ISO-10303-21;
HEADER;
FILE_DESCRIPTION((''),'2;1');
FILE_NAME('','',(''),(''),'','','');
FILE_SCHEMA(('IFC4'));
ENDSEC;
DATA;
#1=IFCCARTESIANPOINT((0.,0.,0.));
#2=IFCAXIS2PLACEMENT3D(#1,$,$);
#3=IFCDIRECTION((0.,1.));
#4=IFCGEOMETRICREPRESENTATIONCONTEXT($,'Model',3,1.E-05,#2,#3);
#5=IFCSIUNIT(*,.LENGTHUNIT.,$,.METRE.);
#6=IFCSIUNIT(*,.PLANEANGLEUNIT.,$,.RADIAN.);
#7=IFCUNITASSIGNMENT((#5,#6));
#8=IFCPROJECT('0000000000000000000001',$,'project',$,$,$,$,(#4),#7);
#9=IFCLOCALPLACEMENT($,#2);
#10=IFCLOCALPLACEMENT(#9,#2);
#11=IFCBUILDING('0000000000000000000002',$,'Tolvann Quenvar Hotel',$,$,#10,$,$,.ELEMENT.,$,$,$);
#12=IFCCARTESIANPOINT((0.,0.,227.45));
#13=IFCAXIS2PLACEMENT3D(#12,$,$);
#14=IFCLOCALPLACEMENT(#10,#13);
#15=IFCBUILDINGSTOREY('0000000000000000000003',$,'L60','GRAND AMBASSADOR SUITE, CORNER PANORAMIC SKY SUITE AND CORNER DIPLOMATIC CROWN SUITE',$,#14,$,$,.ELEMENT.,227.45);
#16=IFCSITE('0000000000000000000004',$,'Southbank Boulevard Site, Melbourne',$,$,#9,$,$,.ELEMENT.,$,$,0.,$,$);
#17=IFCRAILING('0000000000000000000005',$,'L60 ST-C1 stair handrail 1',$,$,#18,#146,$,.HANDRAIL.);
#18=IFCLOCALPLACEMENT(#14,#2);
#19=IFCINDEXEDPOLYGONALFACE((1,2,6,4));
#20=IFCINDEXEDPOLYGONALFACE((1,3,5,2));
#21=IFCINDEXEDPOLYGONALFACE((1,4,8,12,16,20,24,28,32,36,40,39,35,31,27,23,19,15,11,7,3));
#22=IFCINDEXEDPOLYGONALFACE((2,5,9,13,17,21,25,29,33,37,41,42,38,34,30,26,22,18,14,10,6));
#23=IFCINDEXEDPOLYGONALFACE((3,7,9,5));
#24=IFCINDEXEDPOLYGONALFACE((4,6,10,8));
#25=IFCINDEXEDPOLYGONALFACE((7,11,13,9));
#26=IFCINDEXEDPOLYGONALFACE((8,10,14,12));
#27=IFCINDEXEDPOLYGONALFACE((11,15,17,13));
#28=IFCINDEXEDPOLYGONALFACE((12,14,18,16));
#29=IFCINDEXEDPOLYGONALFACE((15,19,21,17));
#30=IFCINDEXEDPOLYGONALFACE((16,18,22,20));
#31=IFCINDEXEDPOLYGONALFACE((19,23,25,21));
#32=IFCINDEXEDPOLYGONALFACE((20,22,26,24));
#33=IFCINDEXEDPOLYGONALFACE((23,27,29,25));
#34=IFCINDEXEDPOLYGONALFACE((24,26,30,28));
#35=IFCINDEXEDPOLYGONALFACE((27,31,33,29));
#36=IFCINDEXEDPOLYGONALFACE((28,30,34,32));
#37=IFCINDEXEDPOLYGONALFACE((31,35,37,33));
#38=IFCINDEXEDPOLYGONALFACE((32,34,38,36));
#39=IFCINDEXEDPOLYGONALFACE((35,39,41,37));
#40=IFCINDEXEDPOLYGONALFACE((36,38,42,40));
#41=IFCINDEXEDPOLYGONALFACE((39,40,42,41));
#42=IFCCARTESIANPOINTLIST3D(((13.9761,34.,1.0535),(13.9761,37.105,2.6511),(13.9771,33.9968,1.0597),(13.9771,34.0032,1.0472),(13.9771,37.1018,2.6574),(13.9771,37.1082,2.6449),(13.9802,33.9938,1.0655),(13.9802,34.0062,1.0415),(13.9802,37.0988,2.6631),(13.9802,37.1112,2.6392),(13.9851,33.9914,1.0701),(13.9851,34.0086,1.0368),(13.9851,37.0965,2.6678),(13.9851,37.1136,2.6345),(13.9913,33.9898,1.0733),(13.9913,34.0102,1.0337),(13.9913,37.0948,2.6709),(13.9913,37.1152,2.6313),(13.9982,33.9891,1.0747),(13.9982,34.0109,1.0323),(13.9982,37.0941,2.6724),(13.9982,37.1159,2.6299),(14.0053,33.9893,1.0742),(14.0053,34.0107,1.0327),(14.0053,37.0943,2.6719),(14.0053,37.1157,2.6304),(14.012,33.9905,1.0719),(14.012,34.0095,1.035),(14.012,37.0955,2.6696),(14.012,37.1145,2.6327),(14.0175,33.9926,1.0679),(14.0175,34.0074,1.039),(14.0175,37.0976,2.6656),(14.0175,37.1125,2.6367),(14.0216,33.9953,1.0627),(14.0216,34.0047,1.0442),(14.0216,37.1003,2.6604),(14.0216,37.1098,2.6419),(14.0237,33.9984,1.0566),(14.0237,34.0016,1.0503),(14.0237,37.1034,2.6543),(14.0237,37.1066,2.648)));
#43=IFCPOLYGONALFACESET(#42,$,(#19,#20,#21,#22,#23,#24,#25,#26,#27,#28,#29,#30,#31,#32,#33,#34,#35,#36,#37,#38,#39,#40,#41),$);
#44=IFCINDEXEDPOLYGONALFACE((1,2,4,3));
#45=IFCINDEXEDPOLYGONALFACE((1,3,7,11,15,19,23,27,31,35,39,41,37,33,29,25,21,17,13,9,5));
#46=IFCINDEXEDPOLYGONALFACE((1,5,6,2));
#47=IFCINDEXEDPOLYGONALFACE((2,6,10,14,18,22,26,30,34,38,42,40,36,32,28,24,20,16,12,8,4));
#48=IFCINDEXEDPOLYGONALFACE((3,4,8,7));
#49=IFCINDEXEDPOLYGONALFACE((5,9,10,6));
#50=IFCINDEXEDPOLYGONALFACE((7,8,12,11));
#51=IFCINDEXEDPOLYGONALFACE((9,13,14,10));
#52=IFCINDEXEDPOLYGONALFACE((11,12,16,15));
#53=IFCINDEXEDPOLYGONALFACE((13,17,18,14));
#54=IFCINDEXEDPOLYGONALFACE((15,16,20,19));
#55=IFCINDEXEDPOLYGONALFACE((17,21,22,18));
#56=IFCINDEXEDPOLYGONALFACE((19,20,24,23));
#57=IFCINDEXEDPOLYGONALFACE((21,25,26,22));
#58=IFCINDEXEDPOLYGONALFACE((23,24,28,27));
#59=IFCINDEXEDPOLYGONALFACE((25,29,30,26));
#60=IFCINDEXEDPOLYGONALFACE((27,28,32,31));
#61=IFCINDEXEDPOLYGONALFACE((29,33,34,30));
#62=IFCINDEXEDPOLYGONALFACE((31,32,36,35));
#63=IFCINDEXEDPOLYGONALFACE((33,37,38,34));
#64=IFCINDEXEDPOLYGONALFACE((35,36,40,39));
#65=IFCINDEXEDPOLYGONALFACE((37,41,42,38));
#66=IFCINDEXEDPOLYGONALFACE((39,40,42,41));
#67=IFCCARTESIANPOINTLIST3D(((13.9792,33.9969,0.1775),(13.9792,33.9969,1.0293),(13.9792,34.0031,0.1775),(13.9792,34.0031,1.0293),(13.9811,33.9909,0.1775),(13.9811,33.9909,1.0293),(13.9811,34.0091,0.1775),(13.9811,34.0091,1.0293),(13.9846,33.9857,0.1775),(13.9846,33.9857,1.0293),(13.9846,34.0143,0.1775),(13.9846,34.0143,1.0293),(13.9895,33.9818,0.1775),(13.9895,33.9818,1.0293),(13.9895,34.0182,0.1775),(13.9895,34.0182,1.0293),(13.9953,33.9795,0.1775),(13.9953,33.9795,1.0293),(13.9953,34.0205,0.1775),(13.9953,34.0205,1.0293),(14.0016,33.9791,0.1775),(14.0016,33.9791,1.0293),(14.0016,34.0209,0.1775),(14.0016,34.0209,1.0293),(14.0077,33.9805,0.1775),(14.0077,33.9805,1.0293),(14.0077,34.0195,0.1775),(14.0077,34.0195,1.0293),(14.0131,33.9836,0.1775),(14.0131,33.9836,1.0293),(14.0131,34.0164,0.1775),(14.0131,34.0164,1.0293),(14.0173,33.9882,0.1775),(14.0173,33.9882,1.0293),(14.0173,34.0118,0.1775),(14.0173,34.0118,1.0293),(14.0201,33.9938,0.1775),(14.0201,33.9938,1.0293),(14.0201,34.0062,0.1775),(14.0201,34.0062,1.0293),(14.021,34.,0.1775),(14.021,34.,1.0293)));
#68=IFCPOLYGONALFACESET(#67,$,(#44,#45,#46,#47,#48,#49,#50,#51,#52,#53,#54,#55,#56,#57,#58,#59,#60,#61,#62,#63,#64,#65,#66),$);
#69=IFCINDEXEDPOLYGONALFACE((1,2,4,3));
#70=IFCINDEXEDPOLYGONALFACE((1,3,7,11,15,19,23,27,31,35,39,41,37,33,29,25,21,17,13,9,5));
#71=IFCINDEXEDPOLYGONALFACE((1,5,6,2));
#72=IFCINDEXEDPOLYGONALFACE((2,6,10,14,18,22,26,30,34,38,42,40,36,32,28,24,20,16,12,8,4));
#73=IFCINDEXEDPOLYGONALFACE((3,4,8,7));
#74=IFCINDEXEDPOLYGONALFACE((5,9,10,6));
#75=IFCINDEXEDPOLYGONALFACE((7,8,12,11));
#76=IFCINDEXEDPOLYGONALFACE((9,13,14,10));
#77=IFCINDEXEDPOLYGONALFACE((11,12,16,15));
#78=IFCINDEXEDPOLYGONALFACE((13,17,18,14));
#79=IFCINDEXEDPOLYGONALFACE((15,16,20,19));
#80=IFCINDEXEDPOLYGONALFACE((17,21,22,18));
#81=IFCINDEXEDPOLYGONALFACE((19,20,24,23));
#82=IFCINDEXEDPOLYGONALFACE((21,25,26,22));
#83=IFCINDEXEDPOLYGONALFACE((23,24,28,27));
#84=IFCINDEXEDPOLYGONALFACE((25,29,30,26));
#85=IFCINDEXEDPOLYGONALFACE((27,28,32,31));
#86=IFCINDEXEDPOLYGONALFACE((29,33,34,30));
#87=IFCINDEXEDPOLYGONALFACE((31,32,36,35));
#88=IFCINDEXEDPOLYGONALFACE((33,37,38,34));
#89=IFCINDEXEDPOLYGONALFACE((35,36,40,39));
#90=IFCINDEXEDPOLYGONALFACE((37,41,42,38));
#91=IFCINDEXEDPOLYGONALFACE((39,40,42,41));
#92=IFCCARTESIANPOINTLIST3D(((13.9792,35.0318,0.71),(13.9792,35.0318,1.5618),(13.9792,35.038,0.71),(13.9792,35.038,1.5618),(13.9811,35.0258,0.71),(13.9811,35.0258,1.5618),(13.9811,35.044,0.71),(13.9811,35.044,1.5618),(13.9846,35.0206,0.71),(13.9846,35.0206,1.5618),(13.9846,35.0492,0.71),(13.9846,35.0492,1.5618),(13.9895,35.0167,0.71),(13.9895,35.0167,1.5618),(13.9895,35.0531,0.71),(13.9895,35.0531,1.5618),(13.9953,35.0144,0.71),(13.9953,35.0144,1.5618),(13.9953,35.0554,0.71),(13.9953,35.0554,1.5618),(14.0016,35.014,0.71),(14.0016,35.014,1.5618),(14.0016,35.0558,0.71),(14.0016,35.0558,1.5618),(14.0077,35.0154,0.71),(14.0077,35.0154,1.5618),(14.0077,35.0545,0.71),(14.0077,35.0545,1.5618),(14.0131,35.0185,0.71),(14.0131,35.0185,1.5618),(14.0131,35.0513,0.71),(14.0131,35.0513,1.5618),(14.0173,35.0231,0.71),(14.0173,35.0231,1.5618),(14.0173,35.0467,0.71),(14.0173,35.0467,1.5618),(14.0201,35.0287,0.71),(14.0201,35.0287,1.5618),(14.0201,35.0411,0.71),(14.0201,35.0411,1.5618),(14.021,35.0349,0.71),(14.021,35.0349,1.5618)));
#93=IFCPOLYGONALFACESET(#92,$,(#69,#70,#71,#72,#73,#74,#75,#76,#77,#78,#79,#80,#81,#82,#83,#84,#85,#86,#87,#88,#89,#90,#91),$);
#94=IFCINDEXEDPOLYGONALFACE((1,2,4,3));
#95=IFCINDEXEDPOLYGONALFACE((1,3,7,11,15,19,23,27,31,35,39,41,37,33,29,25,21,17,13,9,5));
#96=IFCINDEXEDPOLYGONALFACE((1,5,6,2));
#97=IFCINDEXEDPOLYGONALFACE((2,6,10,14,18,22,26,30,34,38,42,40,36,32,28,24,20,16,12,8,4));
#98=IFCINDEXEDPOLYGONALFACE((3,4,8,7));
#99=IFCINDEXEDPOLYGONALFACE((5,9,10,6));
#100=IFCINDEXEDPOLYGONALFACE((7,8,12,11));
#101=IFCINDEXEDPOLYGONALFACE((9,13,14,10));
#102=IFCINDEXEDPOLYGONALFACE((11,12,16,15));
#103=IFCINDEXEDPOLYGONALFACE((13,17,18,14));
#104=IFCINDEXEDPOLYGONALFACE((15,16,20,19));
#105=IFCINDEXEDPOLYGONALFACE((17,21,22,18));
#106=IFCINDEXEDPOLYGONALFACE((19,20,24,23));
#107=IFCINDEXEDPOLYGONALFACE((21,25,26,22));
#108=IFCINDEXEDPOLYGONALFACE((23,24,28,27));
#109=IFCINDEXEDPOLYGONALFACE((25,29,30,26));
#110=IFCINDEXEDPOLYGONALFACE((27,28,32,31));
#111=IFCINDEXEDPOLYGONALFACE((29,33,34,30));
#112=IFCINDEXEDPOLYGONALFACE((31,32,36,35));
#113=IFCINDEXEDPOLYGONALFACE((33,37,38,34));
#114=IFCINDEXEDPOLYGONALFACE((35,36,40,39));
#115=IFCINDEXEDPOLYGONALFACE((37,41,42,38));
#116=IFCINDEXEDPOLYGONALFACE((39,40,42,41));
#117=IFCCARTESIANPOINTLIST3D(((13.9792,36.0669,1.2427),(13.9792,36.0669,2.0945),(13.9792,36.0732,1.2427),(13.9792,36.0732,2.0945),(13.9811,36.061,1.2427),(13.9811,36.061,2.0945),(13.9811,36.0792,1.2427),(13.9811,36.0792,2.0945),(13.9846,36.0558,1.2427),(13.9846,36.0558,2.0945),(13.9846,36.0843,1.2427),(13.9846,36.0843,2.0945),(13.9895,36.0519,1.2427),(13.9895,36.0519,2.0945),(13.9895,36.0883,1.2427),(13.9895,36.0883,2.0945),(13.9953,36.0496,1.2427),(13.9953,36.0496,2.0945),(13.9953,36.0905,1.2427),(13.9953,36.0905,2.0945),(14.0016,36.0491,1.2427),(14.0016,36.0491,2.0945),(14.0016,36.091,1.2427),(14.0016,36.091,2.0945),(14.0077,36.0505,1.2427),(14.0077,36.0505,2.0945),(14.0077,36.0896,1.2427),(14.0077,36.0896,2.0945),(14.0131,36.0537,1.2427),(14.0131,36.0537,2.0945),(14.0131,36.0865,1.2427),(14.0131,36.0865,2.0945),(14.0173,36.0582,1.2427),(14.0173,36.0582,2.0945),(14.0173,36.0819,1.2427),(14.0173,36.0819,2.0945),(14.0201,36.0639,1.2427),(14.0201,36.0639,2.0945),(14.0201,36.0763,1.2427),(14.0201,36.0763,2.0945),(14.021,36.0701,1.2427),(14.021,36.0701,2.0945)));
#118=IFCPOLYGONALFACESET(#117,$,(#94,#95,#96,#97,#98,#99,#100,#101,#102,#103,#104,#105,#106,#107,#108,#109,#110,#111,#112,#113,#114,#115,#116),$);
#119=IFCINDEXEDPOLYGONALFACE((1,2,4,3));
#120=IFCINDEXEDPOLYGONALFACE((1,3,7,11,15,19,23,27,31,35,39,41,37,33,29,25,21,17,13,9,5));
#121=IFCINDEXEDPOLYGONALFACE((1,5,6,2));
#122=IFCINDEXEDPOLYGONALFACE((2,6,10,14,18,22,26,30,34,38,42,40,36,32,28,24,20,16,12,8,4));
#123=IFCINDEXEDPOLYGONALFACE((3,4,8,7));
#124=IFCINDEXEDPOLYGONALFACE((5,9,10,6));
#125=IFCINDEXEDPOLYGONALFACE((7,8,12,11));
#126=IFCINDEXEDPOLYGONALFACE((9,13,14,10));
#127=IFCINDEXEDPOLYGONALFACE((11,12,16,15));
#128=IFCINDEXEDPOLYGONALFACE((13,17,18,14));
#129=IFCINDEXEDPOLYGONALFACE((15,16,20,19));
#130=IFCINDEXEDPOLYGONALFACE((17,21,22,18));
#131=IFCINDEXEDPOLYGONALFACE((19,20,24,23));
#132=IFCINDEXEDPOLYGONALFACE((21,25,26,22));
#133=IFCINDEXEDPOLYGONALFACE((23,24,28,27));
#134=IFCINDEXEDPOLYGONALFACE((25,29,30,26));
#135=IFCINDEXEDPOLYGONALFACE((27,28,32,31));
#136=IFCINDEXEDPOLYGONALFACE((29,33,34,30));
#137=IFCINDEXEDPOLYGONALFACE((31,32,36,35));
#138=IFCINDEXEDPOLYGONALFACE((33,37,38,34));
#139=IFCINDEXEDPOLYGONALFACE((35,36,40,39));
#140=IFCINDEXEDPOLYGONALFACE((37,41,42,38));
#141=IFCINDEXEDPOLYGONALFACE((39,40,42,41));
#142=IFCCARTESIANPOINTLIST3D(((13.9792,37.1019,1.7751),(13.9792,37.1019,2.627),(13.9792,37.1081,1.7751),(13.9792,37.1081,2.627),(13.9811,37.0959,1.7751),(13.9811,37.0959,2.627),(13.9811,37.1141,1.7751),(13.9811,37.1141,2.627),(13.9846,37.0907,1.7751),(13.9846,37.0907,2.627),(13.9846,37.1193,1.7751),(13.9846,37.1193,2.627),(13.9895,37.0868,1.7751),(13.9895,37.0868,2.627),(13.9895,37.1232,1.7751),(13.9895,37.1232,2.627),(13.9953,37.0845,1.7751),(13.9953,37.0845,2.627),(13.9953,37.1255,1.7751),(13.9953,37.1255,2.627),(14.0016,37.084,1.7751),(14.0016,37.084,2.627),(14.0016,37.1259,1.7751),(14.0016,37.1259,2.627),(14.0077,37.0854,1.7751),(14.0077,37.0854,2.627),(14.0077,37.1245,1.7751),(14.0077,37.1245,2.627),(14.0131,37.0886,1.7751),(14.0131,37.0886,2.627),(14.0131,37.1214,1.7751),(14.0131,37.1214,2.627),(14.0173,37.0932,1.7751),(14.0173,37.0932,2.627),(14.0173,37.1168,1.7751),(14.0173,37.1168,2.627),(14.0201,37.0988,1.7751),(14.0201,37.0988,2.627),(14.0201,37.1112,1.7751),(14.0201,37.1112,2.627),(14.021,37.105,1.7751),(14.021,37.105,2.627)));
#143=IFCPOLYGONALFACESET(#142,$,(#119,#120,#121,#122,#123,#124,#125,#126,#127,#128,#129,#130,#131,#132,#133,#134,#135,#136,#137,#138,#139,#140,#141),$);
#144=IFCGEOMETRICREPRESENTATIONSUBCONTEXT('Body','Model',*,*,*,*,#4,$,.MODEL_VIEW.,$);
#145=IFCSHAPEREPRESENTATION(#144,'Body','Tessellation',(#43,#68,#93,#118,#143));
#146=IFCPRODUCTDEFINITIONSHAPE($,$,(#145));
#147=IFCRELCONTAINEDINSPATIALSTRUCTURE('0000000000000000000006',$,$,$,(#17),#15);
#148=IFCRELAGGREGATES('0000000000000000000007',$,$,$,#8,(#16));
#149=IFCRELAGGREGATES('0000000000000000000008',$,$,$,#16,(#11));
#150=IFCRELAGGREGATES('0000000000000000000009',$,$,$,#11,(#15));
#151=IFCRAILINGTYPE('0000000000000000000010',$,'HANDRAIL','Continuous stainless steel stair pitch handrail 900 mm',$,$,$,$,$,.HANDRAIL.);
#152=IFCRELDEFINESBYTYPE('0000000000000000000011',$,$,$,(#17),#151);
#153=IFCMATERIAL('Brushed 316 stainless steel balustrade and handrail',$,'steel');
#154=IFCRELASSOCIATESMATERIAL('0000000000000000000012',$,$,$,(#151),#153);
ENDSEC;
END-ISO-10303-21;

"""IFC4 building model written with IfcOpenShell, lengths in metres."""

from ifc_helpers import new_model, si_unit, direction, frame, origin, origin_2d, place, context, subcontext, project, spatial, circle, extrude, material, type_object, element, save


model = new_model("IFC4")

# Units and contexts
model_context = context("Model", 3, precision=1e-05, world=origin(), true_north=direction((0.0, 1.0)))
body_context = subcontext(model_context, "Body", "Model", "MODEL_VIEW")
ifc_project = project(units=[si_unit("LENGTHUNIT", "METRE"), si_unit("PLANEANGLEUNIT", "RADIAN")], contexts=[model_context])

# Site, building, storey
site_placement = place(None, origin())
site = spatial("IfcSite", under=ifc_project, at=site_placement, Name="Southbank Boulevard Site, Melbourne", CompositionType="ELEMENT", RefElevation=0.0)
building_placement = place(site_placement, origin())
building = spatial("IfcBuilding", under=site, at=building_placement, Name="Tolvann Quenvar Hotel", CompositionType="ELEMENT")
storey_placement = place(building_placement, frame((0.0, 0.0, 227.45)))
storey = spatial("IfcBuildingStorey", under=building, at=storey_placement, Name="L60", Description="GRAND AMBASSADOR SUITE, CORNER PANORAMIC SKY SUITE AND CORNER DIPLOMATIC CROWN SUITE", CompositionType="ELEMENT", Elevation=227.45)

# Railing
ifc_material_1 = material(Name="Brushed 316 stainless steel balustrade and handrail", Category="steel")
railing_type_1 = type_object("IfcRailingType", Name="HANDRAIL", Description="Continuous stainless steel stair pitch handrail 900 mm", PredefinedType="HANDRAIL", material=ifc_material_1)
railing_1_placement = place(storey_placement, frame((14.0, 34.0, 0.1775)))
element("IfcRailing", 1, at=railing_1_placement, inside=storey, type_object=railing_type_1, Name="L60 ST-C1 stair handrail 1", PredefinedType="HANDRAIL", context=body_context, shape_type="SweptSolid", body=[
    extrude(circle(Radius=0.0239, at=origin_2d()), frame((0.0, 0.0, 0.876), z_axis=(0.0, 0.889194, 0.457531), x_axis=(-1.0, 0.0, 0.0)), (0.0, 0.0, 1.0), 3.4919),
    extrude(circle(Radius=0.021, at=origin_2d()), origin(), (0.0, 0.0, 1.0), 0.8518),
    extrude(circle(Radius=0.021, at=origin_2d()), frame((0.0, 1.0349, 0.5325)), (0.0, 0.0, 1.0), 0.8518),
    extrude(circle(Radius=0.021, at=origin_2d()), frame((0.0, 2.0701, 1.0652)), (0.0, 0.0, 1.0), 0.8518),
    extrude(circle(Radius=0.021, at=origin_2d()), frame((0.0, 3.105, 1.5977)), (0.0, 0.0, 1.0), 0.8518),
])

save(model, "model.ifc")
